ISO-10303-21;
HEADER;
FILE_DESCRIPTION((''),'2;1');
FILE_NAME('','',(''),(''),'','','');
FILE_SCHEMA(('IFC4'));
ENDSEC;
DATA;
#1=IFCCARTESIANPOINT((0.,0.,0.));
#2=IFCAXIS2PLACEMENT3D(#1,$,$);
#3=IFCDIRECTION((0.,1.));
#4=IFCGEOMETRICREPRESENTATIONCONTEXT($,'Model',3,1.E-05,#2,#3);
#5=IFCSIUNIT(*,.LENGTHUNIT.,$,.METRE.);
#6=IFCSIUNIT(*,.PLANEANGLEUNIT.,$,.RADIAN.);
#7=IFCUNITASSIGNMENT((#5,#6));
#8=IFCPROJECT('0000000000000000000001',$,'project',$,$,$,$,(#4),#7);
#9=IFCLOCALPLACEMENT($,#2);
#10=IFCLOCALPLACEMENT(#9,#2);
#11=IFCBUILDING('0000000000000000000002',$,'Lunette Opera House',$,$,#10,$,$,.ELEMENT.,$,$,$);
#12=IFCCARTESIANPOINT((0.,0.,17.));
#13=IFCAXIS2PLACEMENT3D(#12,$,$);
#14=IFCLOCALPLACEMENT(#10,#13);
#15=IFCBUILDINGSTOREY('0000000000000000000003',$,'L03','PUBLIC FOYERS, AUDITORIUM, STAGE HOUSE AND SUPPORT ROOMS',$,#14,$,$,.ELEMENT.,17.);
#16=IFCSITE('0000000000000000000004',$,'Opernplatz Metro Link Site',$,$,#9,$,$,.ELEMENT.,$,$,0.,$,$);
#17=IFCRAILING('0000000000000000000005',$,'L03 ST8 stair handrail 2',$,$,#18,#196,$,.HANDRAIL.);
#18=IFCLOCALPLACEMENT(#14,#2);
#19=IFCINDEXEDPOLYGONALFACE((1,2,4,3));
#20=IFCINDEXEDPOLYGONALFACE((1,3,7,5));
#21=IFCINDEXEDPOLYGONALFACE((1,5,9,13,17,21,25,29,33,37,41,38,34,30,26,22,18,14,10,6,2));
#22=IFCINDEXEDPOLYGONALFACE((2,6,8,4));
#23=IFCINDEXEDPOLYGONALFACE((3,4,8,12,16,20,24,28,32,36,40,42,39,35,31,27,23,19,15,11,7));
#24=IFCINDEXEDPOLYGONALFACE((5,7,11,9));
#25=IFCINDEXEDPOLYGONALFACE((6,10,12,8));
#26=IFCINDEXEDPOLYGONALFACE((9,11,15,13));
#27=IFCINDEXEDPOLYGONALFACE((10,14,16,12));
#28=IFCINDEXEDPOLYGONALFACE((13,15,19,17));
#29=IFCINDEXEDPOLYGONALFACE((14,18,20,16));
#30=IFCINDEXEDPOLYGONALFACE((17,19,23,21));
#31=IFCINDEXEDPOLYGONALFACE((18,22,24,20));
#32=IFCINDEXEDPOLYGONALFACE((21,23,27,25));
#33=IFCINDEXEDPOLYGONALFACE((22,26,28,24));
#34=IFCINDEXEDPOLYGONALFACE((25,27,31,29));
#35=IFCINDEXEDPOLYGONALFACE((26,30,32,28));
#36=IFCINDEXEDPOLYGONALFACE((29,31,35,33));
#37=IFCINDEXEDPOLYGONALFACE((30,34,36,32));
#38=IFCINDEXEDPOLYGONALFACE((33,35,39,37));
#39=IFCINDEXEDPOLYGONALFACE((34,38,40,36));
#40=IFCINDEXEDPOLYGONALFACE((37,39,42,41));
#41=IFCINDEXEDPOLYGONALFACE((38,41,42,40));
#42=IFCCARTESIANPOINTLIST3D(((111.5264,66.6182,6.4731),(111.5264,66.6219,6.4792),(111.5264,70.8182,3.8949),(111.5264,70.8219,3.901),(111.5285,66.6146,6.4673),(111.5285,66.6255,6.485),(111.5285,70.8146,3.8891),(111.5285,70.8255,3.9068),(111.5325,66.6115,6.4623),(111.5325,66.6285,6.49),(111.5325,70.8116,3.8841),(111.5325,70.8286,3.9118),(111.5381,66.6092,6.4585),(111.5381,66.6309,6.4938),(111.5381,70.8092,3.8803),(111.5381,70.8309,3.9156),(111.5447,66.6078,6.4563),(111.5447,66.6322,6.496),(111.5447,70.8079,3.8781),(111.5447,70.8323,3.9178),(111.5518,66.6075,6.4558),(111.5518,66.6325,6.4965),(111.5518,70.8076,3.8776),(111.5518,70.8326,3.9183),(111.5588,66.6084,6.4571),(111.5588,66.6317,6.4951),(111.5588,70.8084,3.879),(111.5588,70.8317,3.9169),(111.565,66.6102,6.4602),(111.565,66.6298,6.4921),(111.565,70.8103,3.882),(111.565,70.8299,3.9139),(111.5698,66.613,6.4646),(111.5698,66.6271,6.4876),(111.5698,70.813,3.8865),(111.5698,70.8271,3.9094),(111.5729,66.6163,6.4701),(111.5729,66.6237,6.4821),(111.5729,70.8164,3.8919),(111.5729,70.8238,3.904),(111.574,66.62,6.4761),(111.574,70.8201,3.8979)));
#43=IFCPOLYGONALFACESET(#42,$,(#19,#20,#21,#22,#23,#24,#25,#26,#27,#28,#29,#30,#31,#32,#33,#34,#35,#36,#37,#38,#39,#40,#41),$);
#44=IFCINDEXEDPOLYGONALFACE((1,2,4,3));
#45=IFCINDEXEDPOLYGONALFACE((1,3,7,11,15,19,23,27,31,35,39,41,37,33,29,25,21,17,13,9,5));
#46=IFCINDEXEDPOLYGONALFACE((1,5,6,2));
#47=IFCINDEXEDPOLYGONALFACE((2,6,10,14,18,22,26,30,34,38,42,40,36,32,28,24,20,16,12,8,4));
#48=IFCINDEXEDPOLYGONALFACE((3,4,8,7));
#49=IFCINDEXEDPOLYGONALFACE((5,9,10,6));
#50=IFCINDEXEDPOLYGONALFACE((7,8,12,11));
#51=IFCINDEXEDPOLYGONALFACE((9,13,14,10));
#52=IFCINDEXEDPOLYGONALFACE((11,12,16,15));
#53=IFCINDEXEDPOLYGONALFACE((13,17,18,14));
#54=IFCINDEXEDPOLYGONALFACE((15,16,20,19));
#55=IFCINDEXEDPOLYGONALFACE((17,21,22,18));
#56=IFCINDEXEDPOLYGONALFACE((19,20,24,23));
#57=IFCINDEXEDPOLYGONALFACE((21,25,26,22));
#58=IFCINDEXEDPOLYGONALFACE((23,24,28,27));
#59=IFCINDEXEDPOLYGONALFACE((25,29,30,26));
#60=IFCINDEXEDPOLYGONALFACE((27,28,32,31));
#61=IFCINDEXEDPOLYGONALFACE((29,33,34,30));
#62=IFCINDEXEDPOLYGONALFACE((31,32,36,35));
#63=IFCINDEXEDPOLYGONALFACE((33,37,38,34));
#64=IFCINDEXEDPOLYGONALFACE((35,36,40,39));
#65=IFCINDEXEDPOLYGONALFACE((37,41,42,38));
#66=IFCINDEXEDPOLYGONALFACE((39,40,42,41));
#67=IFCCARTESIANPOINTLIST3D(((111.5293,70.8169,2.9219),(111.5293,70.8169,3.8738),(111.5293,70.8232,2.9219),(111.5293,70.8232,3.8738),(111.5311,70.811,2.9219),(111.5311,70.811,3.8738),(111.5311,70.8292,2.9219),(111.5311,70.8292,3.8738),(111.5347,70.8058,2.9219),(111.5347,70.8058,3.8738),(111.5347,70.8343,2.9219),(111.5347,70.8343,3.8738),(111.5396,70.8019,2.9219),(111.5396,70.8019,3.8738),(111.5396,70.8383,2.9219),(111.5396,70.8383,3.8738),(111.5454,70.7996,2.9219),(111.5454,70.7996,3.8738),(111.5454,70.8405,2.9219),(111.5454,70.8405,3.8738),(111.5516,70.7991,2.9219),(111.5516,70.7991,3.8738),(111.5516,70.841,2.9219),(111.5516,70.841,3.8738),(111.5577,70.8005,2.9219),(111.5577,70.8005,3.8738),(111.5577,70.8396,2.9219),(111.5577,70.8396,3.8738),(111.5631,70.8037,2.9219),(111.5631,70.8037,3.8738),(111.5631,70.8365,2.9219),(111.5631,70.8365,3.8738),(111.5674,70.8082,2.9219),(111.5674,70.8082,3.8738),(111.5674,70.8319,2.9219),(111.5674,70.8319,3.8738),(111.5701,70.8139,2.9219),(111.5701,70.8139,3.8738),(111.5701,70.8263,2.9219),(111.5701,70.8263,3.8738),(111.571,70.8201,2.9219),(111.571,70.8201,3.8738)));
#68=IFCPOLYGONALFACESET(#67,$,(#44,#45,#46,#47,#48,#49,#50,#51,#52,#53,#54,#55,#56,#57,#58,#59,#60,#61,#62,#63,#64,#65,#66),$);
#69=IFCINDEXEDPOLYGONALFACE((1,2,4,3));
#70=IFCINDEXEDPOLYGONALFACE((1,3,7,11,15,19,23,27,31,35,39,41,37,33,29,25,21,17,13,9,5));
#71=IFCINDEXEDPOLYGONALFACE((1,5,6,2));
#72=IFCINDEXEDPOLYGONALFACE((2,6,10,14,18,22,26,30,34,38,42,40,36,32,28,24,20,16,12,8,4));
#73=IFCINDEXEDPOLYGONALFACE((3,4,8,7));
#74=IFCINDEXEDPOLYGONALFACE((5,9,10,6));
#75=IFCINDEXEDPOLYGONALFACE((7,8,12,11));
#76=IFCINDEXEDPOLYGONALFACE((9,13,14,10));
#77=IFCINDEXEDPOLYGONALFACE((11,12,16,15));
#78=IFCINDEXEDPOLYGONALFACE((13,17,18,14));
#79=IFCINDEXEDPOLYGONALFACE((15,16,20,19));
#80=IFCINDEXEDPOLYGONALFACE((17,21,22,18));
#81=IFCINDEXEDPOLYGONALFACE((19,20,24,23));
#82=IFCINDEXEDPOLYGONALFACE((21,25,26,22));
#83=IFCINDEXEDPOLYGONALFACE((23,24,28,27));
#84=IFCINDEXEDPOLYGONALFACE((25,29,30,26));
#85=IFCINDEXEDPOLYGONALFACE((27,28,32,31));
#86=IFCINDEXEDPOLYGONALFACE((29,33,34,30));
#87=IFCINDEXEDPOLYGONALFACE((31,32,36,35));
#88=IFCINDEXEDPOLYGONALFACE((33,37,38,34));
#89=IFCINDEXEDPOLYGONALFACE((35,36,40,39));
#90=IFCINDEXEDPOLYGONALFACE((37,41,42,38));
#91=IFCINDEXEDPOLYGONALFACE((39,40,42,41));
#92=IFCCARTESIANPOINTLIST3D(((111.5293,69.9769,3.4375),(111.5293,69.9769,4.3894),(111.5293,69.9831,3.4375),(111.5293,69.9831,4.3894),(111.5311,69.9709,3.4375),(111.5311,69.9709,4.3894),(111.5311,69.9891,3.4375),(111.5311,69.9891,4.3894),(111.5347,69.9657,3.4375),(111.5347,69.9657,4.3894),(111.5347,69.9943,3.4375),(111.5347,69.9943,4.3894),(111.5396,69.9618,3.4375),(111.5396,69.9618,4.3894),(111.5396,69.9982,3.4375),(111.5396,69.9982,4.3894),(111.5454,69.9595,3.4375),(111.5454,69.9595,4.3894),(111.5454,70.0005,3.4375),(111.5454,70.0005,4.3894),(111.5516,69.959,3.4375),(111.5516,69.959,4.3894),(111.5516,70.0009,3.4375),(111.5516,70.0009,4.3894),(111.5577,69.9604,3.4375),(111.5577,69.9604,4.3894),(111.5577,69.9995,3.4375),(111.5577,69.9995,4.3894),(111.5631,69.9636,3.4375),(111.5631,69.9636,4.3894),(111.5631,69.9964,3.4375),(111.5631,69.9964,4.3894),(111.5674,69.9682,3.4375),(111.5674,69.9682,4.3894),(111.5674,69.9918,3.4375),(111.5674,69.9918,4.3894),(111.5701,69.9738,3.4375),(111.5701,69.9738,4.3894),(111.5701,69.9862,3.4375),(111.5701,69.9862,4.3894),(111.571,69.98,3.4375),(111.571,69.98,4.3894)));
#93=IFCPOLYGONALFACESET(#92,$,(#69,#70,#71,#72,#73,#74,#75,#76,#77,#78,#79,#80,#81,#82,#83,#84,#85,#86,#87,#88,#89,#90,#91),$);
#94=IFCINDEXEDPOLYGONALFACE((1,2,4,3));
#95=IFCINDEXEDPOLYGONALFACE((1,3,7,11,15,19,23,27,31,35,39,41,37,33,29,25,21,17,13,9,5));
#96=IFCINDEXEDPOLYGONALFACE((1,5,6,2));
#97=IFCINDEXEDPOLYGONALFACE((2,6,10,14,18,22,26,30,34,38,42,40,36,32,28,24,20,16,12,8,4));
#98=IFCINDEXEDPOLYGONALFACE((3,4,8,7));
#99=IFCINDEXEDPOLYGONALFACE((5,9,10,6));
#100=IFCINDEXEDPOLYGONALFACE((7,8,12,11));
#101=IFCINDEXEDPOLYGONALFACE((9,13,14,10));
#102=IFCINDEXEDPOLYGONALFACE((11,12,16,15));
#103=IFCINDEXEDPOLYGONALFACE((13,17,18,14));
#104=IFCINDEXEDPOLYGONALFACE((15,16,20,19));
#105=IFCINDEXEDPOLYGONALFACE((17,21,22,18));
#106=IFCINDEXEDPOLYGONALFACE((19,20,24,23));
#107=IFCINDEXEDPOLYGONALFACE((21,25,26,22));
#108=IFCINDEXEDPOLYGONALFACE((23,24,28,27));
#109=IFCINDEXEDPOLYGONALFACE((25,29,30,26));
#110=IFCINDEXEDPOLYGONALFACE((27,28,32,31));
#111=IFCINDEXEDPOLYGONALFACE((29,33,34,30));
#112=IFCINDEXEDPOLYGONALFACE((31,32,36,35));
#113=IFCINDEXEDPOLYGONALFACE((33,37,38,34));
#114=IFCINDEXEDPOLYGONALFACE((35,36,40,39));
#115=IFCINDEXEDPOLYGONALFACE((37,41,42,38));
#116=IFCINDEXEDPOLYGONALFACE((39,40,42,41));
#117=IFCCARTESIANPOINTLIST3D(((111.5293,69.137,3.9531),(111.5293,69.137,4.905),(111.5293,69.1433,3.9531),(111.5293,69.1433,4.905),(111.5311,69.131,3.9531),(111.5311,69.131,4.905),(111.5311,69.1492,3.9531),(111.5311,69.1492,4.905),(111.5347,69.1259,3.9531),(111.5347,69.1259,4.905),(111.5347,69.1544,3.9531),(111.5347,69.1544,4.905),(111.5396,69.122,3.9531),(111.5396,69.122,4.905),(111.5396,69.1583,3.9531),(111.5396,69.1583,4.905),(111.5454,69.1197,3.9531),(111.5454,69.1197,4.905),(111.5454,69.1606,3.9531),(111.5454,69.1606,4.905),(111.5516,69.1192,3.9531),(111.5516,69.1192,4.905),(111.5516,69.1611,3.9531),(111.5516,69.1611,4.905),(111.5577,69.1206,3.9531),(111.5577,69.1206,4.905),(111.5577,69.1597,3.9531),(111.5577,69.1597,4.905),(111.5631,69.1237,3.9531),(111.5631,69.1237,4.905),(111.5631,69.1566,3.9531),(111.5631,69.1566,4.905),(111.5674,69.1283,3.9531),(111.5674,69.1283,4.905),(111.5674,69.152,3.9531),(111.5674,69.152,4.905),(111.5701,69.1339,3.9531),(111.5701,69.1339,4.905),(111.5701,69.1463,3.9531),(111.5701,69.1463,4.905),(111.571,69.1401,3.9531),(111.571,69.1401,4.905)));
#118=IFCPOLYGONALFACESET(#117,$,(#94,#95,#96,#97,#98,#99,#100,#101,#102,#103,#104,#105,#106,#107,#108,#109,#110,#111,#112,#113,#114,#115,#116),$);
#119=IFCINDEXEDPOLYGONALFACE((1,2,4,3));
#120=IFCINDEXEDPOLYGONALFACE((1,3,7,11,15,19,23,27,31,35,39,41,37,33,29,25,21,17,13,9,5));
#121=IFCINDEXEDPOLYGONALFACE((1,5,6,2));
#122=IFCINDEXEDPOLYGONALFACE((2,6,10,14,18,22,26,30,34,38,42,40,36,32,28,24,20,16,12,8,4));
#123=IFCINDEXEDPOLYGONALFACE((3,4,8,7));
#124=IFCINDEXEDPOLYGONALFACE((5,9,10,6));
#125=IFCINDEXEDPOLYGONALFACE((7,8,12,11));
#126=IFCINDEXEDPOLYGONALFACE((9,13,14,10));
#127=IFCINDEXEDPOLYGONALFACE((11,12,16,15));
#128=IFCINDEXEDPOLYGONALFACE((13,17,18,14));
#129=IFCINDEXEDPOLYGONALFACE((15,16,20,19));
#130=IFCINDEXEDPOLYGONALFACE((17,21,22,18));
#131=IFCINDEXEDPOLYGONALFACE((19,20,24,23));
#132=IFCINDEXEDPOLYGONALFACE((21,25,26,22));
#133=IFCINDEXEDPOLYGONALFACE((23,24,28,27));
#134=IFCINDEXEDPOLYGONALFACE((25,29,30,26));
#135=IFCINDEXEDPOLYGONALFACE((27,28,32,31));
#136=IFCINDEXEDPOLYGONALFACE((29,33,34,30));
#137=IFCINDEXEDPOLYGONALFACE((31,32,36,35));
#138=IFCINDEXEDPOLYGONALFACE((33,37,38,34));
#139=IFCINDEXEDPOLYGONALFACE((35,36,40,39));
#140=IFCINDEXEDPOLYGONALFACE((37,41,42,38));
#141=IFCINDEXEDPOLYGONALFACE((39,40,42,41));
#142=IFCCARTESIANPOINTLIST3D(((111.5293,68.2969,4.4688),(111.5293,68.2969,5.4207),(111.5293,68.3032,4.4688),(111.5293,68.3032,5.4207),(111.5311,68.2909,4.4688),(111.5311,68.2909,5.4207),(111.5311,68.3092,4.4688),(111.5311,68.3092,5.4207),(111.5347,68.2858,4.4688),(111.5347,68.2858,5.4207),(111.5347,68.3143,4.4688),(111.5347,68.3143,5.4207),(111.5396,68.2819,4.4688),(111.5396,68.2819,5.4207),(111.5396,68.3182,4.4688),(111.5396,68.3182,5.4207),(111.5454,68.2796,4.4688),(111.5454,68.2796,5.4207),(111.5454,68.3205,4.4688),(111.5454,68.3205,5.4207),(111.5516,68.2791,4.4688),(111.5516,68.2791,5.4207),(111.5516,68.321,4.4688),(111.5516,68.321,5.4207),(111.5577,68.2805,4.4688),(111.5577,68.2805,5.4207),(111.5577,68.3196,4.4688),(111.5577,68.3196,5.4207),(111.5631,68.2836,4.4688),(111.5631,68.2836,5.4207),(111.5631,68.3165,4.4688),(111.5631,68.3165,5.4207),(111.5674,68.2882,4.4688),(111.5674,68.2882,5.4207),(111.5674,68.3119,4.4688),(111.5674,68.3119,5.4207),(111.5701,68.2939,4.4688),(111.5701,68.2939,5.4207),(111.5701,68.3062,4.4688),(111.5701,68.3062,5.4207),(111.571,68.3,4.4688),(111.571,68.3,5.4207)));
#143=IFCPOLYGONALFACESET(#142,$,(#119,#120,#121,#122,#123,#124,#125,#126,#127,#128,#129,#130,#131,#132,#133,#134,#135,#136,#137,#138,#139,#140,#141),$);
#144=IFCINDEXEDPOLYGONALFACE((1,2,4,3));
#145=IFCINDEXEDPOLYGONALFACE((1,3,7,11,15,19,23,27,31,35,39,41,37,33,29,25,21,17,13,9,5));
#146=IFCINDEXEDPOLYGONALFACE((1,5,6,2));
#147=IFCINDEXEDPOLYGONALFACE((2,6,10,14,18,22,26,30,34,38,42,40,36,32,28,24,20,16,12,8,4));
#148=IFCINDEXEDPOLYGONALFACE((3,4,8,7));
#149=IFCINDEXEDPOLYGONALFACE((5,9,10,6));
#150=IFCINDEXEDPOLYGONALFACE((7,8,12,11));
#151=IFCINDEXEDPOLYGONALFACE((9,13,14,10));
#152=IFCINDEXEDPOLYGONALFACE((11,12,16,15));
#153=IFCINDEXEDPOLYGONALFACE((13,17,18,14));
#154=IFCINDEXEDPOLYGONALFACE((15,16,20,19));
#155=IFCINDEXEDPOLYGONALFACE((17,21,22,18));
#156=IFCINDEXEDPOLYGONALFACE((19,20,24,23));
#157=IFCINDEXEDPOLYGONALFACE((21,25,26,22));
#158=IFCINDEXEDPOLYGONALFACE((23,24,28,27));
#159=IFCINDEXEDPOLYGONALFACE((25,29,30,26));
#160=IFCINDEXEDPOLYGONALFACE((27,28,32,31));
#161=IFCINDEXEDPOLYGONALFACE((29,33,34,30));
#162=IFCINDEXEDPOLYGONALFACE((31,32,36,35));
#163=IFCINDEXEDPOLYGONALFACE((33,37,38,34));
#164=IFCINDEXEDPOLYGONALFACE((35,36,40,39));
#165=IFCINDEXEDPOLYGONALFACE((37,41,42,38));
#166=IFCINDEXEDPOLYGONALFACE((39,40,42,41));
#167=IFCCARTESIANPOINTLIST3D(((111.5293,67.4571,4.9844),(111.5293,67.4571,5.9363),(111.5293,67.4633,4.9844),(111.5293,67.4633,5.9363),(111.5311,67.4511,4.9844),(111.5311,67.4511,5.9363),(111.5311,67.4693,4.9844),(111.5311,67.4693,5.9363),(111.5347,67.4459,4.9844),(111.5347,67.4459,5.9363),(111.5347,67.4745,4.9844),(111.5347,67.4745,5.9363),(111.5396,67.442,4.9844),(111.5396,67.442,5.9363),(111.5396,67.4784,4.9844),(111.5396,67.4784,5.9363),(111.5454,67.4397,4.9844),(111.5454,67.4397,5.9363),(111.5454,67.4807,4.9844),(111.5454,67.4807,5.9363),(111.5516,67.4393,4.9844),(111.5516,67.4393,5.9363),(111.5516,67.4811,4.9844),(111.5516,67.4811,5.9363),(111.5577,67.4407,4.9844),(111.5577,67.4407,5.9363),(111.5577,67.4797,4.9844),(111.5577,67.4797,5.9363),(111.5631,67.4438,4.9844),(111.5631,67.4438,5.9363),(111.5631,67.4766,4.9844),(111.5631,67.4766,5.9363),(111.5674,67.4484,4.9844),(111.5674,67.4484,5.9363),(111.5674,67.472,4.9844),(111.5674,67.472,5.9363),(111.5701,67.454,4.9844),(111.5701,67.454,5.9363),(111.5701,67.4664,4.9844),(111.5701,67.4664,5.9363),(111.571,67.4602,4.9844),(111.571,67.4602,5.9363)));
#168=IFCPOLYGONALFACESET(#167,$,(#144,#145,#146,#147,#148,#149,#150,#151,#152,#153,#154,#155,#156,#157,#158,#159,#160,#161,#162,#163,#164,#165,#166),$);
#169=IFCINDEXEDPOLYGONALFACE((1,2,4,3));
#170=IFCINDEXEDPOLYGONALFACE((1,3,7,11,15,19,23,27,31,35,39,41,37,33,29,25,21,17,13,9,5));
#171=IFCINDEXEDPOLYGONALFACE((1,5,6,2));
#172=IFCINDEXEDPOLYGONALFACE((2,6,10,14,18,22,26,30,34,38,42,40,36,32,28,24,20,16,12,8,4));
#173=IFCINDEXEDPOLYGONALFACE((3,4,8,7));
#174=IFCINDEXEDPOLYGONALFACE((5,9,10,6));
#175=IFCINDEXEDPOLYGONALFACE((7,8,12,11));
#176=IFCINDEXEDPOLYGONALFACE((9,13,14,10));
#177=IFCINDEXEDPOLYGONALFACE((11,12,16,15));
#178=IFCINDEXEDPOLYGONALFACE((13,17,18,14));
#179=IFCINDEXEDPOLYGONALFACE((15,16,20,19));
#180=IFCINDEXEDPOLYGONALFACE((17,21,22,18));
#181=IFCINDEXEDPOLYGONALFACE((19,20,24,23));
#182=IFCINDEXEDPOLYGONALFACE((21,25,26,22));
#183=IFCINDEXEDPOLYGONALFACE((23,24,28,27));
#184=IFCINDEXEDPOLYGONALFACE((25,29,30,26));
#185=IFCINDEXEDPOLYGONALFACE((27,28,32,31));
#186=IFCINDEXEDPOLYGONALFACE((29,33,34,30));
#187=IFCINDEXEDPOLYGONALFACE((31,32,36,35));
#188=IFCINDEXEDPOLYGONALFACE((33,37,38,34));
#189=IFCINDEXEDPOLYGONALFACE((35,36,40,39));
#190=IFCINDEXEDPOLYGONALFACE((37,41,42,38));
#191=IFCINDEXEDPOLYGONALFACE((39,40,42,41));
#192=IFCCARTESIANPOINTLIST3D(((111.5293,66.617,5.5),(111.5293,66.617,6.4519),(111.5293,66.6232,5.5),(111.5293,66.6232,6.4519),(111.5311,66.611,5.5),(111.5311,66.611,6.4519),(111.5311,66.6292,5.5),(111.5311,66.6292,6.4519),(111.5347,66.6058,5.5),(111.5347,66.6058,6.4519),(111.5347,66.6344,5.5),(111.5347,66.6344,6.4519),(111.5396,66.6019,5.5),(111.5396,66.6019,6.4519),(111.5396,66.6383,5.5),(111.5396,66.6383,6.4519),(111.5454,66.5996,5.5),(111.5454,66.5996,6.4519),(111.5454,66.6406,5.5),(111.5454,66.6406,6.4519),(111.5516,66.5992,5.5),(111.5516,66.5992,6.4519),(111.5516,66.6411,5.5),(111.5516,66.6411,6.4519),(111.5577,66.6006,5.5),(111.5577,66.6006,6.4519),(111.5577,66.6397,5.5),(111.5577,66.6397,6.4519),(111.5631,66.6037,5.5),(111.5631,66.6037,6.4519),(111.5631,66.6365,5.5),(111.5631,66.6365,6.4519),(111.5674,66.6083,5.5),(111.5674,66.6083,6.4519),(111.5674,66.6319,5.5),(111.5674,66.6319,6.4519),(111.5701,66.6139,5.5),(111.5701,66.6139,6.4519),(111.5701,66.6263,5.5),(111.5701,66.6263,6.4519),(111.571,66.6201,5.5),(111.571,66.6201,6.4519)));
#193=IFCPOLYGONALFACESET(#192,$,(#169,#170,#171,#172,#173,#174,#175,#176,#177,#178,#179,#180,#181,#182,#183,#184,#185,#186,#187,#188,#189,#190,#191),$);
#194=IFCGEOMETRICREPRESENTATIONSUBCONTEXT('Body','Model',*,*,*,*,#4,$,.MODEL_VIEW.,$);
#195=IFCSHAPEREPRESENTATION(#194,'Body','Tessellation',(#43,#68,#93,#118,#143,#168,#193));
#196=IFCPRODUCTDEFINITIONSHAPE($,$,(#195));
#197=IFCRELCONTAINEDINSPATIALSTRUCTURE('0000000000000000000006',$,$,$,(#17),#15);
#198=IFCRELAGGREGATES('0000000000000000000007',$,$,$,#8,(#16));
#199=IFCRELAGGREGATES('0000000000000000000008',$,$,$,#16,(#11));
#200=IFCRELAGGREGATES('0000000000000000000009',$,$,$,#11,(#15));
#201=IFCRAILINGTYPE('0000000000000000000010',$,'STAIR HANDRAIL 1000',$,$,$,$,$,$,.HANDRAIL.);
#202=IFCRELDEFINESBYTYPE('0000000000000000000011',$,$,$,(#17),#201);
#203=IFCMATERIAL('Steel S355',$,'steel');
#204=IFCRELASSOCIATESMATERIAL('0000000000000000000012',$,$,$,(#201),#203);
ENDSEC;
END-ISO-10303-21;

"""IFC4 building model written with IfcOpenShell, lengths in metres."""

from ifc_helpers import new_model, si_unit, direction, frame, origin, origin_2d, place, context, subcontext, project, spatial, circle, extrude, material, type_object, element, save


model = new_model("IFC4")

# Units and contexts
model_context = context("Model", 3, precision=1e-05, world=origin(), true_north=direction((0.0, 1.0)))
body_context = subcontext(model_context, "Body", "Model", "MODEL_VIEW")
ifc_project = project(units=[si_unit("LENGTHUNIT", "METRE"), si_unit("PLANEANGLEUNIT", "RADIAN")], contexts=[model_context])

# Site, building, storey
site_placement = place(None, origin())
site = spatial("IfcSite", under=ifc_project, at=site_placement, Name="Opernplatz Metro Link Site", CompositionType="ELEMENT", RefElevation=0.0)
building_placement = place(site_placement, origin())
building = spatial("IfcBuilding", under=site, at=building_placement, Name="Lunette Opera House", CompositionType="ELEMENT")
storey_placement = place(building_placement, frame((0.0, 0.0, 17.0)))
storey = spatial("IfcBuildingStorey", under=building, at=storey_placement, Name="L03", Description="PUBLIC FOYERS, AUDITORIUM, STAGE HOUSE AND SUPPORT ROOMS", CompositionType="ELEMENT", Elevation=17.0)

# Railing
ifc_material_1 = material(Name="Steel S355", Category="steel")
railing_type_1 = type_object("IfcRailingType", Name="STAIR HANDRAIL 1000", PredefinedType="HANDRAIL", material=ifc_material_1)
railing_1_placement = place(storey_placement, frame((111.55, 70.8201, 2.9219)))
element("IfcRailing", 1, at=railing_1_placement, inside=storey, type_object=railing_type_1, Name="L03 ST8 stair handrail 2", PredefinedType="HANDRAIL", context=body_context, shape_type="SweptSolid", body=[
    extrude(circle(Radius=0.0239, at=origin_2d()), frame((0.0, 0.0, 0.9761), z_axis=(0.0, -0.852243, 0.523146), x_axis=(1.0, 0.0, 0.0)), (0.0, 0.0, 1.0), 4.9282),
    extrude(circle(Radius=0.021, at=origin_2d()), origin(), (0.0, 0.0, 1.0), 0.9519),
    extrude(circle(Radius=0.021, at=origin_2d()), frame((0.0, -0.8401, 0.5156)), (0.0, 0.0, 1.0), 0.9519),
    extrude(circle(Radius=0.021, at=origin_2d()), frame((0.0, -1.6799, 1.0312)), (0.0, 0.0, 1.0), 0.9519),
    extrude(circle(Radius=0.021, at=origin_2d()), frame((0.0, -2.52, 1.5469)), (0.0, 0.0, 1.0), 0.9519),
    extrude(circle(Radius=0.021, at=origin_2d()), frame((0.0, -3.3599, 2.0625)), (0.0, 0.0, 1.0), 0.9519),
    extrude(circle(Radius=0.021, at=origin_2d()), frame((0.0, -4.2, 2.5781)), (0.0, 0.0, 1.0), 0.9519),
])

save(model, "model.ifc")
